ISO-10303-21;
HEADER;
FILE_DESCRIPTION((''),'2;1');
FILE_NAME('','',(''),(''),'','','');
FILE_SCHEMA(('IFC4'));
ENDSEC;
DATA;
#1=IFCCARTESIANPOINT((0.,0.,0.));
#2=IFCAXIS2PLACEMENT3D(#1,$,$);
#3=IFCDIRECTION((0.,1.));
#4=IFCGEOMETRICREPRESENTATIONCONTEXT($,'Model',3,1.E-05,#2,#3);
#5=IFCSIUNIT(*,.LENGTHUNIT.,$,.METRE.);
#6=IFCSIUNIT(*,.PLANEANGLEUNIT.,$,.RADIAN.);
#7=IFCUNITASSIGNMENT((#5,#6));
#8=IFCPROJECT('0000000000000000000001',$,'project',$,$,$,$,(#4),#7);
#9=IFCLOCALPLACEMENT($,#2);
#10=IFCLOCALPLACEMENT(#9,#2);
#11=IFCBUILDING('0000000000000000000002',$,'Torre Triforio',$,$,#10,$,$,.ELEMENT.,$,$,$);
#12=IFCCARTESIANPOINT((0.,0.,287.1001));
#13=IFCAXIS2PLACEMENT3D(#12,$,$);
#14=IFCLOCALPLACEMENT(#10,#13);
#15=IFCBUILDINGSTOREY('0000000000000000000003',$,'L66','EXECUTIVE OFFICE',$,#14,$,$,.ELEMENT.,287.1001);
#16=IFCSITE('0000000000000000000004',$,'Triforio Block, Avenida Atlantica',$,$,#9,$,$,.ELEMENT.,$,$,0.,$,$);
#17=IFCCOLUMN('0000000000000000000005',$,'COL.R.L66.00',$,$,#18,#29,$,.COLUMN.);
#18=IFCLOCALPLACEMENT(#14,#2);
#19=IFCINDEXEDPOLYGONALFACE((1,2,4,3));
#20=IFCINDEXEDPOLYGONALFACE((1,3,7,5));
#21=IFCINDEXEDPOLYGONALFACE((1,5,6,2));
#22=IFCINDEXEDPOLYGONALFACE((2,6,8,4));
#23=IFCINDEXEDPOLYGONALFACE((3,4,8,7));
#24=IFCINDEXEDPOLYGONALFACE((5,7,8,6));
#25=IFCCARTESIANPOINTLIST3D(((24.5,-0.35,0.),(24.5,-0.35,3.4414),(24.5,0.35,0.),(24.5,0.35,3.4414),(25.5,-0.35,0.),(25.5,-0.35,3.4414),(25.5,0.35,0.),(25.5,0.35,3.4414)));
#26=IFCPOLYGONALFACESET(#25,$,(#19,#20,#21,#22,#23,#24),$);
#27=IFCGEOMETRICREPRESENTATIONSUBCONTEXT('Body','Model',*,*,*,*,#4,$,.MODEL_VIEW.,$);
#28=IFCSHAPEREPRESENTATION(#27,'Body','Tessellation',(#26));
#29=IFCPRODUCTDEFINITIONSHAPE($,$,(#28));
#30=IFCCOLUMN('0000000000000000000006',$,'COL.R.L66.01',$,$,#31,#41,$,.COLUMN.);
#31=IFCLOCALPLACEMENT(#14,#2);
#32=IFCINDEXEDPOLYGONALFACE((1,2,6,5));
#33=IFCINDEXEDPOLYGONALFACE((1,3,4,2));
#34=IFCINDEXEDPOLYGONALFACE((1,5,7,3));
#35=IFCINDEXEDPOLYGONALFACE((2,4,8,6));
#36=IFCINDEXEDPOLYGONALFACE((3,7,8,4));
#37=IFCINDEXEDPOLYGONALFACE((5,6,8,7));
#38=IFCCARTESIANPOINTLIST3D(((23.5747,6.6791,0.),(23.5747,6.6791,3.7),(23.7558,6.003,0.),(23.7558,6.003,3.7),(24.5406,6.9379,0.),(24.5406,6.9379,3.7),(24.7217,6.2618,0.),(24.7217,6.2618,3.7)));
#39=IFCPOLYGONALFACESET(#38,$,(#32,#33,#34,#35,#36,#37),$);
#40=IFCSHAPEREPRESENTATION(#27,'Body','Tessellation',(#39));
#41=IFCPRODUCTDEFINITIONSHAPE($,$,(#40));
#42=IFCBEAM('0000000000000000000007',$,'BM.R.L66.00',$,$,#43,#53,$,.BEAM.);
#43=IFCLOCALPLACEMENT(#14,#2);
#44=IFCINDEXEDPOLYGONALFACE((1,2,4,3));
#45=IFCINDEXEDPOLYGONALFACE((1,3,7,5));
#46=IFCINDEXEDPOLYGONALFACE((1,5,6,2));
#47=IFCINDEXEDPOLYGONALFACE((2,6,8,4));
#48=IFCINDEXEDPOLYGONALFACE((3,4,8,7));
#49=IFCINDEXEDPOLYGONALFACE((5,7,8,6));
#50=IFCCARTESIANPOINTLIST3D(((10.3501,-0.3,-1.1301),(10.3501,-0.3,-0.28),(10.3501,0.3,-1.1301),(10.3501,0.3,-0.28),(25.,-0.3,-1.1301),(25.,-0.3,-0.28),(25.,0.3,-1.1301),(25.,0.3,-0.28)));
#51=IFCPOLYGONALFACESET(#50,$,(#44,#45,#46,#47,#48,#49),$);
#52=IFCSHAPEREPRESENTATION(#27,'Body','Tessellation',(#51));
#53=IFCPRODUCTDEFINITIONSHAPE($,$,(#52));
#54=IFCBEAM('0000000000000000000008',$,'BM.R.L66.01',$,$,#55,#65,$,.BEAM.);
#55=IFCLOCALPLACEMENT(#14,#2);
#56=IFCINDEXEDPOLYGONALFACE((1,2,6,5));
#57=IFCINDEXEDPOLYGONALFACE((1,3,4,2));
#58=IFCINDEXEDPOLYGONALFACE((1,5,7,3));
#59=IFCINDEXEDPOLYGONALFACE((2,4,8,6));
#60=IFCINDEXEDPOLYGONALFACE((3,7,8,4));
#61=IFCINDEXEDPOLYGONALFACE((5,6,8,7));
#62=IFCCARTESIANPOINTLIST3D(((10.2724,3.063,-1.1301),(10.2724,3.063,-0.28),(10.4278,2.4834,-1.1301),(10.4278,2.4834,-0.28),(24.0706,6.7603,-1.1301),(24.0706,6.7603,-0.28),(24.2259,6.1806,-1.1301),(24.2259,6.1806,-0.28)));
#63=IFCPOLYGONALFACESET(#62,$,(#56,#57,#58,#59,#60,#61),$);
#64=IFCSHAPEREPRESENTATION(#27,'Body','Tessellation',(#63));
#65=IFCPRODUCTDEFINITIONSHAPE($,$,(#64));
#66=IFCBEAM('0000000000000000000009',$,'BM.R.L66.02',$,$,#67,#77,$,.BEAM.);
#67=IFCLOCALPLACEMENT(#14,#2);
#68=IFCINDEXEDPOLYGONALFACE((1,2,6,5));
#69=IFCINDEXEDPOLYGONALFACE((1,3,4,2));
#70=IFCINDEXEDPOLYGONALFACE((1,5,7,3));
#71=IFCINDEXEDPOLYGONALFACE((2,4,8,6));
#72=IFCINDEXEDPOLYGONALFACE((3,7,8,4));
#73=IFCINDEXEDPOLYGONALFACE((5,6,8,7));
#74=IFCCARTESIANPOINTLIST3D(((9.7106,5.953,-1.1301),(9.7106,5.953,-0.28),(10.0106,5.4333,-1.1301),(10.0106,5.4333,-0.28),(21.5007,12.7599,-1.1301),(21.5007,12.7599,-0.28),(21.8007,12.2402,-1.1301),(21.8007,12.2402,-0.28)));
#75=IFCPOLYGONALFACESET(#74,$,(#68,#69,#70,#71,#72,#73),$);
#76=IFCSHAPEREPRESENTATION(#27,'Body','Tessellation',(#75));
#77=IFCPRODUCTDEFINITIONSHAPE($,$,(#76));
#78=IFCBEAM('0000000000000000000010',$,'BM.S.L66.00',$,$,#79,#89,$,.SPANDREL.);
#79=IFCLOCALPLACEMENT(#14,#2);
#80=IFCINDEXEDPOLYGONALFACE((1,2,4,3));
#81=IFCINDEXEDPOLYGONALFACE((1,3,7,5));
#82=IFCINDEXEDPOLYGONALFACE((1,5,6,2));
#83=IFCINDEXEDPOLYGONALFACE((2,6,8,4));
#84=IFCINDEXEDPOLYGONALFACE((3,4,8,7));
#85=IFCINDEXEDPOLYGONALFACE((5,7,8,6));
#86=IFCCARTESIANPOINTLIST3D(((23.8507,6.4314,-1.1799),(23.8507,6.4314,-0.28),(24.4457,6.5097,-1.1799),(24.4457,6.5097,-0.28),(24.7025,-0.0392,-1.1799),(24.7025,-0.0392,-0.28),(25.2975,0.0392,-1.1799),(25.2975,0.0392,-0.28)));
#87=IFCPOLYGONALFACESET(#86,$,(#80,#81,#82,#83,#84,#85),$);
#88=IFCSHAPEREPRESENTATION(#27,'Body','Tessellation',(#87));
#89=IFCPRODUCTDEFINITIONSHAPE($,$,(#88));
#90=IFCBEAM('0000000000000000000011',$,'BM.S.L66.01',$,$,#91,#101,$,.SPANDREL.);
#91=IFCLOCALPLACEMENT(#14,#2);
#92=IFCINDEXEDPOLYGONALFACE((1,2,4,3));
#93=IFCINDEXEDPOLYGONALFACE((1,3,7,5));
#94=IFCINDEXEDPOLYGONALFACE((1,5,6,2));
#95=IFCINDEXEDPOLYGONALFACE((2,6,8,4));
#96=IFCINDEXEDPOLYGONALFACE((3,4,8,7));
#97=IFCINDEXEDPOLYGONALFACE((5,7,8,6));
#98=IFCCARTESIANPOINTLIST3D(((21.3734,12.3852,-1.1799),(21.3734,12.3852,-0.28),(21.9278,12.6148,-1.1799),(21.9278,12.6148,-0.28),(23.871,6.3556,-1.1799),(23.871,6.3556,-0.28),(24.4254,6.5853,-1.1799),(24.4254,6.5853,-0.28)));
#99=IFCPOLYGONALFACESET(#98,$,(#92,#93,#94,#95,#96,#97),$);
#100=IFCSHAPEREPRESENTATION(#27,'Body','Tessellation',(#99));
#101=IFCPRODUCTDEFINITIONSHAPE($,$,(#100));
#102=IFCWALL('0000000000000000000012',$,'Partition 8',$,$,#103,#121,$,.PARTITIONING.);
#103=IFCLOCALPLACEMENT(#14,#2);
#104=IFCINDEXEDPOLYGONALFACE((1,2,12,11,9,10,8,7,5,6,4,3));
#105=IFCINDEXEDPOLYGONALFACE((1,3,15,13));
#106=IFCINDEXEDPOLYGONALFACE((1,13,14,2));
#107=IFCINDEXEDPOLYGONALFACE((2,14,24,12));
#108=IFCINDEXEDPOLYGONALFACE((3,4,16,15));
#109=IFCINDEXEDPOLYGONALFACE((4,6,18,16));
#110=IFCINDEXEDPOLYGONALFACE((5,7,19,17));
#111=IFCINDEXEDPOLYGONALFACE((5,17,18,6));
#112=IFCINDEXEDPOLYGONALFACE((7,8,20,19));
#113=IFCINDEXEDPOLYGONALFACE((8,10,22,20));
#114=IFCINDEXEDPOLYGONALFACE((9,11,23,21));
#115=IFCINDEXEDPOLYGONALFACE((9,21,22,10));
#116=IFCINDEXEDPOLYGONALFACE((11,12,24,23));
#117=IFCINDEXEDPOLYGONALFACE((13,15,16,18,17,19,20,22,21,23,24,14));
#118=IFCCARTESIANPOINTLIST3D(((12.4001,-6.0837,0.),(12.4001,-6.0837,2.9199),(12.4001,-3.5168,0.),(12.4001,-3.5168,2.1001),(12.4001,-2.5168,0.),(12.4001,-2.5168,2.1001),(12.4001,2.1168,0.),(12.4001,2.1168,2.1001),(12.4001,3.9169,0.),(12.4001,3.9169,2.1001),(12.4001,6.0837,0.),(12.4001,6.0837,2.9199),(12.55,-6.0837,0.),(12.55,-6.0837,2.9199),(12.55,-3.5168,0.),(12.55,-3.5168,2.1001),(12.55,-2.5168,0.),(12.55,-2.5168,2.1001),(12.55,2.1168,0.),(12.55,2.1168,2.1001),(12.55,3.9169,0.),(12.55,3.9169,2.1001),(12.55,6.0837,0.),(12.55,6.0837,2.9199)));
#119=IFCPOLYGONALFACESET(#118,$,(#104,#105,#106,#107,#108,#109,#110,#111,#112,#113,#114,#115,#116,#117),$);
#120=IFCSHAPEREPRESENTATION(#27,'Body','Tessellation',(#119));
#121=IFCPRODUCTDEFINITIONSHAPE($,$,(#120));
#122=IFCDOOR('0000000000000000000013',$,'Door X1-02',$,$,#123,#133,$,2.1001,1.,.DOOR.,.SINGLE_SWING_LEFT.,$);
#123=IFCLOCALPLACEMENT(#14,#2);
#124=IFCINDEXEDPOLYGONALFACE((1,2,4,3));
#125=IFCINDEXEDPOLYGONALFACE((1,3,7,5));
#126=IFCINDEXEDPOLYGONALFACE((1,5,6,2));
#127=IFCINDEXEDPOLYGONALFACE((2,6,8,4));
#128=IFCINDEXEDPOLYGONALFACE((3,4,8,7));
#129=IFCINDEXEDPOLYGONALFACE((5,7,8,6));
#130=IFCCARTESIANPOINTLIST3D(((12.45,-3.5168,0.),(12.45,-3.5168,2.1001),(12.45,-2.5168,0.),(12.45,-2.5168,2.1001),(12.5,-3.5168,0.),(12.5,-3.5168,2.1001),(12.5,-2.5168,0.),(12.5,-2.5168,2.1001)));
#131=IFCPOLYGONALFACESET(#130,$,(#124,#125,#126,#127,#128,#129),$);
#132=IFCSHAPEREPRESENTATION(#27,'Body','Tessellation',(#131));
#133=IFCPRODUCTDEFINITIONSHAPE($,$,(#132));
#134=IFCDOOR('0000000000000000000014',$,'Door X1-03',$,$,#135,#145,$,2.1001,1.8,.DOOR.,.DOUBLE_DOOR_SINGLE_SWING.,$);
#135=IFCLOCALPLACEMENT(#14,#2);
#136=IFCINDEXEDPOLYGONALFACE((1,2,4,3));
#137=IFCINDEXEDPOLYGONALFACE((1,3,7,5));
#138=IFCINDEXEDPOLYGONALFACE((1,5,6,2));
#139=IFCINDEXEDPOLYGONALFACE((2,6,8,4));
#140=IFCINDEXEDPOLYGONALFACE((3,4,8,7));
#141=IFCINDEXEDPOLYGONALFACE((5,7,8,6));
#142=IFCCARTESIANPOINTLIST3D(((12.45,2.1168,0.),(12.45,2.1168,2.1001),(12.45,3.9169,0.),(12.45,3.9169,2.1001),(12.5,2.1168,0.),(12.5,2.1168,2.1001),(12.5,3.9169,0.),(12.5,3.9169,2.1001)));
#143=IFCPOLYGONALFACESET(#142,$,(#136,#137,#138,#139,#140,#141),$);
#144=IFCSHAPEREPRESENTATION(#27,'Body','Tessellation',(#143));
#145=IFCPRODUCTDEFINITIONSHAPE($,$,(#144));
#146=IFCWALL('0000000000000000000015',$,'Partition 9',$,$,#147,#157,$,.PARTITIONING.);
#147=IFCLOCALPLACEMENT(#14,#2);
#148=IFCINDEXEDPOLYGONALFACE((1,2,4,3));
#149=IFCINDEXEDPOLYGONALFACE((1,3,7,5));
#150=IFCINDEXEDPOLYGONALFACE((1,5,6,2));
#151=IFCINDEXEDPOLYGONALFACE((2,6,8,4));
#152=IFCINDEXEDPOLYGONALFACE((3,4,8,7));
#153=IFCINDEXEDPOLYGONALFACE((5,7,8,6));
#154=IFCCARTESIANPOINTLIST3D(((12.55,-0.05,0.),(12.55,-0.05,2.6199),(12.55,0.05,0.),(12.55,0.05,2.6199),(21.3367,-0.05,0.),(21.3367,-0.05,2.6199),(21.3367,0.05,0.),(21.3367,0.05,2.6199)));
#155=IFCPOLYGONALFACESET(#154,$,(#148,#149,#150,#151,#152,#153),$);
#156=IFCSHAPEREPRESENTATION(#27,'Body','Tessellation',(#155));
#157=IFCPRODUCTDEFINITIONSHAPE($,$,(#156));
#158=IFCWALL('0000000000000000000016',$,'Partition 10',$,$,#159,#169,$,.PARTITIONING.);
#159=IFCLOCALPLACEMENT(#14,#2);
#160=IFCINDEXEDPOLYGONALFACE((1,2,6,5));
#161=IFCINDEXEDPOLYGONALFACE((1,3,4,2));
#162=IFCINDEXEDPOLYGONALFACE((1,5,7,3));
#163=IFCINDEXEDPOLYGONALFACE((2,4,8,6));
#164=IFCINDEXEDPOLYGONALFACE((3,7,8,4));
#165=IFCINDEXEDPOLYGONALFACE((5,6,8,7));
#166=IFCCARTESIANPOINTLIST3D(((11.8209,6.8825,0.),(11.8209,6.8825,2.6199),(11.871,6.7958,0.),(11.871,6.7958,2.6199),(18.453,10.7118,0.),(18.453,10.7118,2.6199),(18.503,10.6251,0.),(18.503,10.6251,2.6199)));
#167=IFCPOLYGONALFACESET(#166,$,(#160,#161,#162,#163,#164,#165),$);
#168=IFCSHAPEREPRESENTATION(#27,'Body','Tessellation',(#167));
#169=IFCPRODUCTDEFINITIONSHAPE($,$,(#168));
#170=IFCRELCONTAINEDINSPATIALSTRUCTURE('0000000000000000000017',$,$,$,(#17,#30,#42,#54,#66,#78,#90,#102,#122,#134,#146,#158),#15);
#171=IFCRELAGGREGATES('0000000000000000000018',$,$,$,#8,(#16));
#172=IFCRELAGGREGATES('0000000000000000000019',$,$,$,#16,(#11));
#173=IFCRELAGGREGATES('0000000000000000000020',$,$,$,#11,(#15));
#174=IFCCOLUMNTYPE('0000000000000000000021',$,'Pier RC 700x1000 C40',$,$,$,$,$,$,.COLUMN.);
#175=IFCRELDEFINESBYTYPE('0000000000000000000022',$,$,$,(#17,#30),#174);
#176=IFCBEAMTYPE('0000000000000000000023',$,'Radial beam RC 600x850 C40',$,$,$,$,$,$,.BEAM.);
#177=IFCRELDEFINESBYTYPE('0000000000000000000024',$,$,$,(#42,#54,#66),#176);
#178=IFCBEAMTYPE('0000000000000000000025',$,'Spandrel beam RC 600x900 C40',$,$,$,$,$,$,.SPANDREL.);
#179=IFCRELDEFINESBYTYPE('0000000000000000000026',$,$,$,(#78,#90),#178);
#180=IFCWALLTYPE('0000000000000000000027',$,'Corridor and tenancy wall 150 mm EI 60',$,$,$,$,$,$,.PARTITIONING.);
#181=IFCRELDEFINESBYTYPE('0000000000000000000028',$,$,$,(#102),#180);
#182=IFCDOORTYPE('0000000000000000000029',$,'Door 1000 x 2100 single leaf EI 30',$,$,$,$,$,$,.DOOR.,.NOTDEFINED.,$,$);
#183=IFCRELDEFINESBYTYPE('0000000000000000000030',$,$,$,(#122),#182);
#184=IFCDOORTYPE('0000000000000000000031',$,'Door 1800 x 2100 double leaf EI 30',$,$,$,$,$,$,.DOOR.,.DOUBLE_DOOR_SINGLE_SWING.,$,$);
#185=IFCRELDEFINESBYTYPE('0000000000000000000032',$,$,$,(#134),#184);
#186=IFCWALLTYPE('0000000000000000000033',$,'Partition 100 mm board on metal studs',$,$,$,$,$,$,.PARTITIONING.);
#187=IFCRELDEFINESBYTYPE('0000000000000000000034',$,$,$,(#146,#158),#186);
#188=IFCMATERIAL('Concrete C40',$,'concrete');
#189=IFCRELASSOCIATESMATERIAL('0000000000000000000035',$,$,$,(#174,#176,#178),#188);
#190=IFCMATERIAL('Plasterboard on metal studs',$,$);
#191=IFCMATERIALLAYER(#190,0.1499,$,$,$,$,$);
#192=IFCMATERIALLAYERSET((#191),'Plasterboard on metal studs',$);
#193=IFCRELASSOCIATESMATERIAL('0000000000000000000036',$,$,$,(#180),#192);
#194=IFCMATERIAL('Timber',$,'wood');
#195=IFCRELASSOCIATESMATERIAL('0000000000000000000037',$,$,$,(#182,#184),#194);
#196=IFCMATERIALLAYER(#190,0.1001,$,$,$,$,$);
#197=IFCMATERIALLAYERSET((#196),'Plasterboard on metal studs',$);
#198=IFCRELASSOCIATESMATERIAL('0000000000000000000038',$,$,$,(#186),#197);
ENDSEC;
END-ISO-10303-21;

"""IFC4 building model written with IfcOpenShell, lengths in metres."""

from ifc_helpers import new_model, si_unit, direction, frame, frame_2d, origin, origin_2d, place, context, subcontext, project, spatial, rectangle, extrude, material, layer, layer_set, material_profile, profile_set, type_object, element, fill, save


model = new_model("IFC4")

# Units and contexts
model_context = context("Model", 3, precision=1e-05, world=origin(), true_north=direction((0.0, 1.0)))
body_context = subcontext(model_context, "Body", "Model", "MODEL_VIEW")
ifc_project = project(units=[si_unit("LENGTHUNIT", "METRE"), si_unit("PLANEANGLEUNIT", "RADIAN")], contexts=[model_context])

# Site, building, storey
site_placement = place(None, origin())
site = spatial("IfcSite", under=ifc_project, at=site_placement, Name="Triforio Block, Avenida Atlantica", CompositionType="ELEMENT", RefElevation=0.0)
building_placement = place(site_placement, origin())
building = spatial("IfcBuilding", under=site, at=building_placement, Name="Torre Triforio", CompositionType="ELEMENT")
storey_placement = place(building_placement, frame((0.0, 0.0, 287.1001)))
storey = spatial("IfcBuildingStorey", under=building, at=storey_placement, Name="L66", Description="EXECUTIVE OFFICE", CompositionType="ELEMENT", Elevation=287.1001)

# Columns
ifc_material_1 = material(Name="Concrete C40", Category="concrete")
ifc_material_profile_1 = material_profile(ifc_material_1, rectangle(XDim=0.7, YDim=1.0, at=origin_2d()), Name="RC 700x1000")
ifc_profile_set_1 = profile_set([ifc_material_profile_1], Name="Concrete C40")
column_type = type_object("IfcColumnType", Name="Pier RC 700x1000 C40", PredefinedType="COLUMN", material=ifc_profile_set_1)
column_1_placement = place(storey_placement, frame((25.0, 0.0, 0.0), z_axis=(0.0, 0.0, 1.0), x_axis=(0.0, 1.0, 0.0)))
element("IfcColumn", 1, at=column_1_placement, inside=storey, type_object=column_type, Name="COL.R.L66.00", PredefinedType="COLUMN", context=body_context, shape_type="SweptSolid", body=[
    extrude(rectangle(XDim=0.7, YDim=1.0, at=origin_2d()), origin(), (0.0, 0.0, 1.0), 3.4414),
])
column_2_placement = place(storey_placement, frame((24.1482, 6.4705, 0.0), z_axis=(0.0, 0.0, 1.0), x_axis=(-0.258819, 0.965926, 0.0)))
element("IfcColumn", 2, at=column_2_placement, inside=storey, type_object=column_type, Name="COL.R.L66.01", PredefinedType="COLUMN", context=body_context, shape_type="SweptSolid", body=[
    extrude(rectangle(XDim=0.7, YDim=1.0, at=origin_2d()), origin(), (0.0, 0.0, 1.0), 3.7),
])

# Beams
ifc_material_profile_2 = material_profile(ifc_material_1, rectangle(XDim=0.6001, YDim=0.8501, at=origin_2d()), Name="RC 600x850")
ifc_profile_set_2 = profile_set([ifc_material_profile_2], Name="Concrete C40")
beam_type_1 = type_object("IfcBeamType", Name="Radial beam RC 600x850 C40", PredefinedType="BEAM", material=ifc_profile_set_2)
beam_1_placement = place(storey_placement, frame((10.3501, 0.0, -0.7051), z_axis=(1.0, 0.0, 0.0), x_axis=(0.0, 1.0, 0.0)))
element("IfcBeam", 3, at=beam_1_placement, inside=storey, type_object=beam_type_1, Name="BM.R.L66.00", PredefinedType="BEAM", context=body_context, shape_type="SweptSolid", body=[
    extrude(rectangle(XDim=0.6001, YDim=0.8501, at=origin_2d()), origin(), (0.0, 0.0, 1.0), 14.6499),
])
beam_2_placement = place(storey_placement, frame((10.3501, 2.7732, -0.7051), z_axis=(0.965924, 0.258824, 0.0), x_axis=(-0.258824, 0.965924, 0.0)))
element("IfcBeam", 4, at=beam_2_placement, inside=storey, type_object=beam_type_1, Name="BM.R.L66.01", PredefinedType="BEAM", context=body_context, shape_type="SweptSolid", body=[
    extrude(rectangle(XDim=0.6001, YDim=0.8501, at=origin_2d()), origin(), (0.0, 0.0, 1.0), 14.2849),
])
beam_3_placement = place(storey_placement, frame((9.8606, 5.6931, -0.7051), z_axis=(0.866029, 0.499995, 0.0), x_axis=(-0.499995, 0.866029, 0.0)))
element("IfcBeam", 5, at=beam_3_placement, inside=storey, type_object=beam_type_1, Name="BM.R.L66.02", PredefinedType="BEAM", context=body_context, shape_type="SweptSolid", body=[
    extrude(rectangle(XDim=0.6001, YDim=0.8501, at=origin_2d()), origin(), (0.0, 0.0, 1.0), 13.614),
])
ifc_material_profile_3 = material_profile(ifc_material_1, rectangle(XDim=0.6001, YDim=0.8999, at=origin_2d()), Name="RC 600x900")
ifc_profile_set_3 = profile_set([ifc_material_profile_3], Name="Concrete C40")
beam_type_2 = type_object("IfcBeamType", Name="Spandrel beam RC 600x900 C40", PredefinedType="SPANDREL", material=ifc_profile_set_3)
for number, where, z_axis, x_axis, name in (
    (6, (25.0, 0.0, -0.73), (-0.130519, 0.991446, 0.0), (-0.991446, -0.130519, 0.0), "BM.S.L66.00"),
    (7, (24.1482, 6.4705, -0.73), (-0.382689, 0.923877, 0.0), (-0.923877, -0.382689, 0.0), "BM.S.L66.01"),
):
    element("IfcBeam", number, at=place(storey_placement, frame(where, z_axis=z_axis, x_axis=x_axis)), inside=storey, type_object=beam_type_2, Name=name, PredefinedType="SPANDREL", context=body_context, shape_type="SweptSolid", body=[
        extrude(rectangle(XDim=0.6001, YDim=0.8999, at=origin_2d()), origin(), (0.0, 0.0, 1.0), 6.5264),
    ])

# Wall, openings, doors
ifc_material_2 = material(Name="Plasterboard on metal studs")
ifc_layer_1 = layer(ifc_material_2, 0.1499)
ifc_layer_set_1 = layer_set([ifc_layer_1], Name="Plasterboard on metal studs")
wall_type_1 = type_object("IfcWallType", Name="Corridor and tenancy wall 150 mm EI 60", PredefinedType="PARTITIONING", material=ifc_layer_set_1)
wall_1_placement = place(storey_placement, frame((12.4751, 6.0837, 0.0), z_axis=(0.0, 0.0, 1.0), x_axis=(0.0, -1.0, 0.0)))
wall_1 = element("IfcWall", 8, at=wall_1_placement, inside=storey, type_object=wall_type_1, Name="Partition 8", PredefinedType="PARTITIONING", context=body_context, shape_type="SweptSolid", body=[
    extrude(rectangle(XDim=12.1675, YDim=0.1499, at=frame_2d((6.0837, 0.0))), origin(), (0.0, 0.0, 1.0), 2.9199),
])
opening_1_placement = place(wall_1_placement, frame((8.6006, 0.0, 0.0)))
opening_1 = element("IfcOpeningElement", 9, at=opening_1_placement, cuts=wall_1, PredefinedType="OPENING", context=body_context, shape_type="SweptSolid", body=[
    extrude(rectangle(XDim=1.0, YDim=2.1001, at=frame_2d((0.5, 1.05))), frame((0.0, 0.085, 0.0), z_axis=(0.0, -1.0, 0.0), x_axis=(1.0, 0.0, 0.0)), (0.0, 0.0, 1.0), 0.1699),
])
opening_2_placement = place(wall_1_placement, frame((2.167, 0.0, 0.0)))
opening_2 = element("IfcOpeningElement", 10, at=opening_2_placement, cuts=wall_1, PredefinedType="OPENING", context=body_context, shape_type="SweptSolid", body=[
    extrude(rectangle(XDim=1.8, YDim=2.1001, at=frame_2d((0.8999, 1.05))), frame((0.0, 0.085, 0.0), z_axis=(0.0, -1.0, 0.0), x_axis=(1.0, 0.0, 0.0)), (0.0, 0.0, 1.0), 0.1699),
])
ifc_material_3 = material(Name="Timber", Category="wood")
door_type_1 = type_object("IfcDoorType", Name="Door 1000 x 2100 single leaf EI 30", OperationType="NOTDEFINED", PredefinedType="DOOR", material=ifc_material_3)
door_1_placement = place(opening_1_placement, origin())
door_1 = element("IfcDoor", 11, at=door_1_placement, inside=storey, type_object=door_type_1, Name="Door X1-02", OperationType="SINGLE_SWING_LEFT", OverallHeight=2.1001, OverallWidth=1.0, PredefinedType="DOOR", context=body_context, shape_type="SweptSolid", body=[
    extrude(rectangle(XDim=1.0, YDim=2.1001, at=frame_2d((0.5, 1.05))), frame((0.0, 0.0249, 0.0), z_axis=(0.0, -1.0, 0.0), x_axis=(1.0, 0.0, 0.0)), (0.0, 0.0, 1.0), 0.05),
])
fill(opening_1, door_1)
door_type_2 = type_object("IfcDoorType", Name="Door 1800 x 2100 double leaf EI 30", OperationType="DOUBLE_DOOR_SINGLE_SWING", PredefinedType="DOOR", material=ifc_material_3)
door_2_placement = place(opening_2_placement, origin())
door_2 = element("IfcDoor", 12, at=door_2_placement, inside=storey, type_object=door_type_2, Name="Door X1-03", OperationType="DOUBLE_DOOR_SINGLE_SWING", OverallHeight=2.1001, OverallWidth=1.8, PredefinedType="DOOR", context=body_context, shape_type="SweptSolid", body=[
    extrude(rectangle(XDim=1.8, YDim=2.1001, at=frame_2d((0.8999, 1.05))), frame((0.0, 0.0249, 0.0), z_axis=(0.0, -1.0, 0.0), x_axis=(1.0, 0.0, 0.0)), (0.0, 0.0, 1.0), 0.05),
])
fill(opening_2, door_2)

# Walls
ifc_layer_2 = layer(ifc_material_2, 0.1001)
ifc_layer_set_2 = layer_set([ifc_layer_2], Name="Plasterboard on metal studs")
wall_type_2 = type_object("IfcWallType", Name="Partition 100 mm board on metal studs", PredefinedType="PARTITIONING", material=ifc_layer_set_2)
wall_2_placement = place(storey_placement, frame((12.55, 0.0, 0.0), z_axis=(0.0, 0.0, 1.0), x_axis=(1.0, 0.0, 0.0)))
element("IfcWall", 13, at=wall_2_placement, inside=storey, type_object=wall_type_2, Name="Partition 9", PredefinedType="PARTITIONING", context=body_context, shape_type="SweptSolid", body=[
    extrude(rectangle(XDim=8.7866, YDim=0.1001, at=frame_2d((4.3933, 0.0))), origin(), (0.0, 0.0, 1.0), 2.6199),
])
wall_3_placement = place(storey_placement, frame((11.8459, 6.8391, 0.0), z_axis=(0.0, 0.0, 1.0), x_axis=(0.866008, 0.500031, 0.0)))
element("IfcWall", 14, at=wall_3_placement, inside=storey, type_object=wall_type_2, Name="Partition 10", PredefinedType="PARTITIONING", context=body_context, shape_type="SweptSolid", body=[
    extrude(rectangle(XDim=7.6582, YDim=0.1001, at=frame_2d((3.8291, 0.0))), origin(), (0.0, 0.0, 1.0), 2.6199),
])

save(model, "model.ifc")
